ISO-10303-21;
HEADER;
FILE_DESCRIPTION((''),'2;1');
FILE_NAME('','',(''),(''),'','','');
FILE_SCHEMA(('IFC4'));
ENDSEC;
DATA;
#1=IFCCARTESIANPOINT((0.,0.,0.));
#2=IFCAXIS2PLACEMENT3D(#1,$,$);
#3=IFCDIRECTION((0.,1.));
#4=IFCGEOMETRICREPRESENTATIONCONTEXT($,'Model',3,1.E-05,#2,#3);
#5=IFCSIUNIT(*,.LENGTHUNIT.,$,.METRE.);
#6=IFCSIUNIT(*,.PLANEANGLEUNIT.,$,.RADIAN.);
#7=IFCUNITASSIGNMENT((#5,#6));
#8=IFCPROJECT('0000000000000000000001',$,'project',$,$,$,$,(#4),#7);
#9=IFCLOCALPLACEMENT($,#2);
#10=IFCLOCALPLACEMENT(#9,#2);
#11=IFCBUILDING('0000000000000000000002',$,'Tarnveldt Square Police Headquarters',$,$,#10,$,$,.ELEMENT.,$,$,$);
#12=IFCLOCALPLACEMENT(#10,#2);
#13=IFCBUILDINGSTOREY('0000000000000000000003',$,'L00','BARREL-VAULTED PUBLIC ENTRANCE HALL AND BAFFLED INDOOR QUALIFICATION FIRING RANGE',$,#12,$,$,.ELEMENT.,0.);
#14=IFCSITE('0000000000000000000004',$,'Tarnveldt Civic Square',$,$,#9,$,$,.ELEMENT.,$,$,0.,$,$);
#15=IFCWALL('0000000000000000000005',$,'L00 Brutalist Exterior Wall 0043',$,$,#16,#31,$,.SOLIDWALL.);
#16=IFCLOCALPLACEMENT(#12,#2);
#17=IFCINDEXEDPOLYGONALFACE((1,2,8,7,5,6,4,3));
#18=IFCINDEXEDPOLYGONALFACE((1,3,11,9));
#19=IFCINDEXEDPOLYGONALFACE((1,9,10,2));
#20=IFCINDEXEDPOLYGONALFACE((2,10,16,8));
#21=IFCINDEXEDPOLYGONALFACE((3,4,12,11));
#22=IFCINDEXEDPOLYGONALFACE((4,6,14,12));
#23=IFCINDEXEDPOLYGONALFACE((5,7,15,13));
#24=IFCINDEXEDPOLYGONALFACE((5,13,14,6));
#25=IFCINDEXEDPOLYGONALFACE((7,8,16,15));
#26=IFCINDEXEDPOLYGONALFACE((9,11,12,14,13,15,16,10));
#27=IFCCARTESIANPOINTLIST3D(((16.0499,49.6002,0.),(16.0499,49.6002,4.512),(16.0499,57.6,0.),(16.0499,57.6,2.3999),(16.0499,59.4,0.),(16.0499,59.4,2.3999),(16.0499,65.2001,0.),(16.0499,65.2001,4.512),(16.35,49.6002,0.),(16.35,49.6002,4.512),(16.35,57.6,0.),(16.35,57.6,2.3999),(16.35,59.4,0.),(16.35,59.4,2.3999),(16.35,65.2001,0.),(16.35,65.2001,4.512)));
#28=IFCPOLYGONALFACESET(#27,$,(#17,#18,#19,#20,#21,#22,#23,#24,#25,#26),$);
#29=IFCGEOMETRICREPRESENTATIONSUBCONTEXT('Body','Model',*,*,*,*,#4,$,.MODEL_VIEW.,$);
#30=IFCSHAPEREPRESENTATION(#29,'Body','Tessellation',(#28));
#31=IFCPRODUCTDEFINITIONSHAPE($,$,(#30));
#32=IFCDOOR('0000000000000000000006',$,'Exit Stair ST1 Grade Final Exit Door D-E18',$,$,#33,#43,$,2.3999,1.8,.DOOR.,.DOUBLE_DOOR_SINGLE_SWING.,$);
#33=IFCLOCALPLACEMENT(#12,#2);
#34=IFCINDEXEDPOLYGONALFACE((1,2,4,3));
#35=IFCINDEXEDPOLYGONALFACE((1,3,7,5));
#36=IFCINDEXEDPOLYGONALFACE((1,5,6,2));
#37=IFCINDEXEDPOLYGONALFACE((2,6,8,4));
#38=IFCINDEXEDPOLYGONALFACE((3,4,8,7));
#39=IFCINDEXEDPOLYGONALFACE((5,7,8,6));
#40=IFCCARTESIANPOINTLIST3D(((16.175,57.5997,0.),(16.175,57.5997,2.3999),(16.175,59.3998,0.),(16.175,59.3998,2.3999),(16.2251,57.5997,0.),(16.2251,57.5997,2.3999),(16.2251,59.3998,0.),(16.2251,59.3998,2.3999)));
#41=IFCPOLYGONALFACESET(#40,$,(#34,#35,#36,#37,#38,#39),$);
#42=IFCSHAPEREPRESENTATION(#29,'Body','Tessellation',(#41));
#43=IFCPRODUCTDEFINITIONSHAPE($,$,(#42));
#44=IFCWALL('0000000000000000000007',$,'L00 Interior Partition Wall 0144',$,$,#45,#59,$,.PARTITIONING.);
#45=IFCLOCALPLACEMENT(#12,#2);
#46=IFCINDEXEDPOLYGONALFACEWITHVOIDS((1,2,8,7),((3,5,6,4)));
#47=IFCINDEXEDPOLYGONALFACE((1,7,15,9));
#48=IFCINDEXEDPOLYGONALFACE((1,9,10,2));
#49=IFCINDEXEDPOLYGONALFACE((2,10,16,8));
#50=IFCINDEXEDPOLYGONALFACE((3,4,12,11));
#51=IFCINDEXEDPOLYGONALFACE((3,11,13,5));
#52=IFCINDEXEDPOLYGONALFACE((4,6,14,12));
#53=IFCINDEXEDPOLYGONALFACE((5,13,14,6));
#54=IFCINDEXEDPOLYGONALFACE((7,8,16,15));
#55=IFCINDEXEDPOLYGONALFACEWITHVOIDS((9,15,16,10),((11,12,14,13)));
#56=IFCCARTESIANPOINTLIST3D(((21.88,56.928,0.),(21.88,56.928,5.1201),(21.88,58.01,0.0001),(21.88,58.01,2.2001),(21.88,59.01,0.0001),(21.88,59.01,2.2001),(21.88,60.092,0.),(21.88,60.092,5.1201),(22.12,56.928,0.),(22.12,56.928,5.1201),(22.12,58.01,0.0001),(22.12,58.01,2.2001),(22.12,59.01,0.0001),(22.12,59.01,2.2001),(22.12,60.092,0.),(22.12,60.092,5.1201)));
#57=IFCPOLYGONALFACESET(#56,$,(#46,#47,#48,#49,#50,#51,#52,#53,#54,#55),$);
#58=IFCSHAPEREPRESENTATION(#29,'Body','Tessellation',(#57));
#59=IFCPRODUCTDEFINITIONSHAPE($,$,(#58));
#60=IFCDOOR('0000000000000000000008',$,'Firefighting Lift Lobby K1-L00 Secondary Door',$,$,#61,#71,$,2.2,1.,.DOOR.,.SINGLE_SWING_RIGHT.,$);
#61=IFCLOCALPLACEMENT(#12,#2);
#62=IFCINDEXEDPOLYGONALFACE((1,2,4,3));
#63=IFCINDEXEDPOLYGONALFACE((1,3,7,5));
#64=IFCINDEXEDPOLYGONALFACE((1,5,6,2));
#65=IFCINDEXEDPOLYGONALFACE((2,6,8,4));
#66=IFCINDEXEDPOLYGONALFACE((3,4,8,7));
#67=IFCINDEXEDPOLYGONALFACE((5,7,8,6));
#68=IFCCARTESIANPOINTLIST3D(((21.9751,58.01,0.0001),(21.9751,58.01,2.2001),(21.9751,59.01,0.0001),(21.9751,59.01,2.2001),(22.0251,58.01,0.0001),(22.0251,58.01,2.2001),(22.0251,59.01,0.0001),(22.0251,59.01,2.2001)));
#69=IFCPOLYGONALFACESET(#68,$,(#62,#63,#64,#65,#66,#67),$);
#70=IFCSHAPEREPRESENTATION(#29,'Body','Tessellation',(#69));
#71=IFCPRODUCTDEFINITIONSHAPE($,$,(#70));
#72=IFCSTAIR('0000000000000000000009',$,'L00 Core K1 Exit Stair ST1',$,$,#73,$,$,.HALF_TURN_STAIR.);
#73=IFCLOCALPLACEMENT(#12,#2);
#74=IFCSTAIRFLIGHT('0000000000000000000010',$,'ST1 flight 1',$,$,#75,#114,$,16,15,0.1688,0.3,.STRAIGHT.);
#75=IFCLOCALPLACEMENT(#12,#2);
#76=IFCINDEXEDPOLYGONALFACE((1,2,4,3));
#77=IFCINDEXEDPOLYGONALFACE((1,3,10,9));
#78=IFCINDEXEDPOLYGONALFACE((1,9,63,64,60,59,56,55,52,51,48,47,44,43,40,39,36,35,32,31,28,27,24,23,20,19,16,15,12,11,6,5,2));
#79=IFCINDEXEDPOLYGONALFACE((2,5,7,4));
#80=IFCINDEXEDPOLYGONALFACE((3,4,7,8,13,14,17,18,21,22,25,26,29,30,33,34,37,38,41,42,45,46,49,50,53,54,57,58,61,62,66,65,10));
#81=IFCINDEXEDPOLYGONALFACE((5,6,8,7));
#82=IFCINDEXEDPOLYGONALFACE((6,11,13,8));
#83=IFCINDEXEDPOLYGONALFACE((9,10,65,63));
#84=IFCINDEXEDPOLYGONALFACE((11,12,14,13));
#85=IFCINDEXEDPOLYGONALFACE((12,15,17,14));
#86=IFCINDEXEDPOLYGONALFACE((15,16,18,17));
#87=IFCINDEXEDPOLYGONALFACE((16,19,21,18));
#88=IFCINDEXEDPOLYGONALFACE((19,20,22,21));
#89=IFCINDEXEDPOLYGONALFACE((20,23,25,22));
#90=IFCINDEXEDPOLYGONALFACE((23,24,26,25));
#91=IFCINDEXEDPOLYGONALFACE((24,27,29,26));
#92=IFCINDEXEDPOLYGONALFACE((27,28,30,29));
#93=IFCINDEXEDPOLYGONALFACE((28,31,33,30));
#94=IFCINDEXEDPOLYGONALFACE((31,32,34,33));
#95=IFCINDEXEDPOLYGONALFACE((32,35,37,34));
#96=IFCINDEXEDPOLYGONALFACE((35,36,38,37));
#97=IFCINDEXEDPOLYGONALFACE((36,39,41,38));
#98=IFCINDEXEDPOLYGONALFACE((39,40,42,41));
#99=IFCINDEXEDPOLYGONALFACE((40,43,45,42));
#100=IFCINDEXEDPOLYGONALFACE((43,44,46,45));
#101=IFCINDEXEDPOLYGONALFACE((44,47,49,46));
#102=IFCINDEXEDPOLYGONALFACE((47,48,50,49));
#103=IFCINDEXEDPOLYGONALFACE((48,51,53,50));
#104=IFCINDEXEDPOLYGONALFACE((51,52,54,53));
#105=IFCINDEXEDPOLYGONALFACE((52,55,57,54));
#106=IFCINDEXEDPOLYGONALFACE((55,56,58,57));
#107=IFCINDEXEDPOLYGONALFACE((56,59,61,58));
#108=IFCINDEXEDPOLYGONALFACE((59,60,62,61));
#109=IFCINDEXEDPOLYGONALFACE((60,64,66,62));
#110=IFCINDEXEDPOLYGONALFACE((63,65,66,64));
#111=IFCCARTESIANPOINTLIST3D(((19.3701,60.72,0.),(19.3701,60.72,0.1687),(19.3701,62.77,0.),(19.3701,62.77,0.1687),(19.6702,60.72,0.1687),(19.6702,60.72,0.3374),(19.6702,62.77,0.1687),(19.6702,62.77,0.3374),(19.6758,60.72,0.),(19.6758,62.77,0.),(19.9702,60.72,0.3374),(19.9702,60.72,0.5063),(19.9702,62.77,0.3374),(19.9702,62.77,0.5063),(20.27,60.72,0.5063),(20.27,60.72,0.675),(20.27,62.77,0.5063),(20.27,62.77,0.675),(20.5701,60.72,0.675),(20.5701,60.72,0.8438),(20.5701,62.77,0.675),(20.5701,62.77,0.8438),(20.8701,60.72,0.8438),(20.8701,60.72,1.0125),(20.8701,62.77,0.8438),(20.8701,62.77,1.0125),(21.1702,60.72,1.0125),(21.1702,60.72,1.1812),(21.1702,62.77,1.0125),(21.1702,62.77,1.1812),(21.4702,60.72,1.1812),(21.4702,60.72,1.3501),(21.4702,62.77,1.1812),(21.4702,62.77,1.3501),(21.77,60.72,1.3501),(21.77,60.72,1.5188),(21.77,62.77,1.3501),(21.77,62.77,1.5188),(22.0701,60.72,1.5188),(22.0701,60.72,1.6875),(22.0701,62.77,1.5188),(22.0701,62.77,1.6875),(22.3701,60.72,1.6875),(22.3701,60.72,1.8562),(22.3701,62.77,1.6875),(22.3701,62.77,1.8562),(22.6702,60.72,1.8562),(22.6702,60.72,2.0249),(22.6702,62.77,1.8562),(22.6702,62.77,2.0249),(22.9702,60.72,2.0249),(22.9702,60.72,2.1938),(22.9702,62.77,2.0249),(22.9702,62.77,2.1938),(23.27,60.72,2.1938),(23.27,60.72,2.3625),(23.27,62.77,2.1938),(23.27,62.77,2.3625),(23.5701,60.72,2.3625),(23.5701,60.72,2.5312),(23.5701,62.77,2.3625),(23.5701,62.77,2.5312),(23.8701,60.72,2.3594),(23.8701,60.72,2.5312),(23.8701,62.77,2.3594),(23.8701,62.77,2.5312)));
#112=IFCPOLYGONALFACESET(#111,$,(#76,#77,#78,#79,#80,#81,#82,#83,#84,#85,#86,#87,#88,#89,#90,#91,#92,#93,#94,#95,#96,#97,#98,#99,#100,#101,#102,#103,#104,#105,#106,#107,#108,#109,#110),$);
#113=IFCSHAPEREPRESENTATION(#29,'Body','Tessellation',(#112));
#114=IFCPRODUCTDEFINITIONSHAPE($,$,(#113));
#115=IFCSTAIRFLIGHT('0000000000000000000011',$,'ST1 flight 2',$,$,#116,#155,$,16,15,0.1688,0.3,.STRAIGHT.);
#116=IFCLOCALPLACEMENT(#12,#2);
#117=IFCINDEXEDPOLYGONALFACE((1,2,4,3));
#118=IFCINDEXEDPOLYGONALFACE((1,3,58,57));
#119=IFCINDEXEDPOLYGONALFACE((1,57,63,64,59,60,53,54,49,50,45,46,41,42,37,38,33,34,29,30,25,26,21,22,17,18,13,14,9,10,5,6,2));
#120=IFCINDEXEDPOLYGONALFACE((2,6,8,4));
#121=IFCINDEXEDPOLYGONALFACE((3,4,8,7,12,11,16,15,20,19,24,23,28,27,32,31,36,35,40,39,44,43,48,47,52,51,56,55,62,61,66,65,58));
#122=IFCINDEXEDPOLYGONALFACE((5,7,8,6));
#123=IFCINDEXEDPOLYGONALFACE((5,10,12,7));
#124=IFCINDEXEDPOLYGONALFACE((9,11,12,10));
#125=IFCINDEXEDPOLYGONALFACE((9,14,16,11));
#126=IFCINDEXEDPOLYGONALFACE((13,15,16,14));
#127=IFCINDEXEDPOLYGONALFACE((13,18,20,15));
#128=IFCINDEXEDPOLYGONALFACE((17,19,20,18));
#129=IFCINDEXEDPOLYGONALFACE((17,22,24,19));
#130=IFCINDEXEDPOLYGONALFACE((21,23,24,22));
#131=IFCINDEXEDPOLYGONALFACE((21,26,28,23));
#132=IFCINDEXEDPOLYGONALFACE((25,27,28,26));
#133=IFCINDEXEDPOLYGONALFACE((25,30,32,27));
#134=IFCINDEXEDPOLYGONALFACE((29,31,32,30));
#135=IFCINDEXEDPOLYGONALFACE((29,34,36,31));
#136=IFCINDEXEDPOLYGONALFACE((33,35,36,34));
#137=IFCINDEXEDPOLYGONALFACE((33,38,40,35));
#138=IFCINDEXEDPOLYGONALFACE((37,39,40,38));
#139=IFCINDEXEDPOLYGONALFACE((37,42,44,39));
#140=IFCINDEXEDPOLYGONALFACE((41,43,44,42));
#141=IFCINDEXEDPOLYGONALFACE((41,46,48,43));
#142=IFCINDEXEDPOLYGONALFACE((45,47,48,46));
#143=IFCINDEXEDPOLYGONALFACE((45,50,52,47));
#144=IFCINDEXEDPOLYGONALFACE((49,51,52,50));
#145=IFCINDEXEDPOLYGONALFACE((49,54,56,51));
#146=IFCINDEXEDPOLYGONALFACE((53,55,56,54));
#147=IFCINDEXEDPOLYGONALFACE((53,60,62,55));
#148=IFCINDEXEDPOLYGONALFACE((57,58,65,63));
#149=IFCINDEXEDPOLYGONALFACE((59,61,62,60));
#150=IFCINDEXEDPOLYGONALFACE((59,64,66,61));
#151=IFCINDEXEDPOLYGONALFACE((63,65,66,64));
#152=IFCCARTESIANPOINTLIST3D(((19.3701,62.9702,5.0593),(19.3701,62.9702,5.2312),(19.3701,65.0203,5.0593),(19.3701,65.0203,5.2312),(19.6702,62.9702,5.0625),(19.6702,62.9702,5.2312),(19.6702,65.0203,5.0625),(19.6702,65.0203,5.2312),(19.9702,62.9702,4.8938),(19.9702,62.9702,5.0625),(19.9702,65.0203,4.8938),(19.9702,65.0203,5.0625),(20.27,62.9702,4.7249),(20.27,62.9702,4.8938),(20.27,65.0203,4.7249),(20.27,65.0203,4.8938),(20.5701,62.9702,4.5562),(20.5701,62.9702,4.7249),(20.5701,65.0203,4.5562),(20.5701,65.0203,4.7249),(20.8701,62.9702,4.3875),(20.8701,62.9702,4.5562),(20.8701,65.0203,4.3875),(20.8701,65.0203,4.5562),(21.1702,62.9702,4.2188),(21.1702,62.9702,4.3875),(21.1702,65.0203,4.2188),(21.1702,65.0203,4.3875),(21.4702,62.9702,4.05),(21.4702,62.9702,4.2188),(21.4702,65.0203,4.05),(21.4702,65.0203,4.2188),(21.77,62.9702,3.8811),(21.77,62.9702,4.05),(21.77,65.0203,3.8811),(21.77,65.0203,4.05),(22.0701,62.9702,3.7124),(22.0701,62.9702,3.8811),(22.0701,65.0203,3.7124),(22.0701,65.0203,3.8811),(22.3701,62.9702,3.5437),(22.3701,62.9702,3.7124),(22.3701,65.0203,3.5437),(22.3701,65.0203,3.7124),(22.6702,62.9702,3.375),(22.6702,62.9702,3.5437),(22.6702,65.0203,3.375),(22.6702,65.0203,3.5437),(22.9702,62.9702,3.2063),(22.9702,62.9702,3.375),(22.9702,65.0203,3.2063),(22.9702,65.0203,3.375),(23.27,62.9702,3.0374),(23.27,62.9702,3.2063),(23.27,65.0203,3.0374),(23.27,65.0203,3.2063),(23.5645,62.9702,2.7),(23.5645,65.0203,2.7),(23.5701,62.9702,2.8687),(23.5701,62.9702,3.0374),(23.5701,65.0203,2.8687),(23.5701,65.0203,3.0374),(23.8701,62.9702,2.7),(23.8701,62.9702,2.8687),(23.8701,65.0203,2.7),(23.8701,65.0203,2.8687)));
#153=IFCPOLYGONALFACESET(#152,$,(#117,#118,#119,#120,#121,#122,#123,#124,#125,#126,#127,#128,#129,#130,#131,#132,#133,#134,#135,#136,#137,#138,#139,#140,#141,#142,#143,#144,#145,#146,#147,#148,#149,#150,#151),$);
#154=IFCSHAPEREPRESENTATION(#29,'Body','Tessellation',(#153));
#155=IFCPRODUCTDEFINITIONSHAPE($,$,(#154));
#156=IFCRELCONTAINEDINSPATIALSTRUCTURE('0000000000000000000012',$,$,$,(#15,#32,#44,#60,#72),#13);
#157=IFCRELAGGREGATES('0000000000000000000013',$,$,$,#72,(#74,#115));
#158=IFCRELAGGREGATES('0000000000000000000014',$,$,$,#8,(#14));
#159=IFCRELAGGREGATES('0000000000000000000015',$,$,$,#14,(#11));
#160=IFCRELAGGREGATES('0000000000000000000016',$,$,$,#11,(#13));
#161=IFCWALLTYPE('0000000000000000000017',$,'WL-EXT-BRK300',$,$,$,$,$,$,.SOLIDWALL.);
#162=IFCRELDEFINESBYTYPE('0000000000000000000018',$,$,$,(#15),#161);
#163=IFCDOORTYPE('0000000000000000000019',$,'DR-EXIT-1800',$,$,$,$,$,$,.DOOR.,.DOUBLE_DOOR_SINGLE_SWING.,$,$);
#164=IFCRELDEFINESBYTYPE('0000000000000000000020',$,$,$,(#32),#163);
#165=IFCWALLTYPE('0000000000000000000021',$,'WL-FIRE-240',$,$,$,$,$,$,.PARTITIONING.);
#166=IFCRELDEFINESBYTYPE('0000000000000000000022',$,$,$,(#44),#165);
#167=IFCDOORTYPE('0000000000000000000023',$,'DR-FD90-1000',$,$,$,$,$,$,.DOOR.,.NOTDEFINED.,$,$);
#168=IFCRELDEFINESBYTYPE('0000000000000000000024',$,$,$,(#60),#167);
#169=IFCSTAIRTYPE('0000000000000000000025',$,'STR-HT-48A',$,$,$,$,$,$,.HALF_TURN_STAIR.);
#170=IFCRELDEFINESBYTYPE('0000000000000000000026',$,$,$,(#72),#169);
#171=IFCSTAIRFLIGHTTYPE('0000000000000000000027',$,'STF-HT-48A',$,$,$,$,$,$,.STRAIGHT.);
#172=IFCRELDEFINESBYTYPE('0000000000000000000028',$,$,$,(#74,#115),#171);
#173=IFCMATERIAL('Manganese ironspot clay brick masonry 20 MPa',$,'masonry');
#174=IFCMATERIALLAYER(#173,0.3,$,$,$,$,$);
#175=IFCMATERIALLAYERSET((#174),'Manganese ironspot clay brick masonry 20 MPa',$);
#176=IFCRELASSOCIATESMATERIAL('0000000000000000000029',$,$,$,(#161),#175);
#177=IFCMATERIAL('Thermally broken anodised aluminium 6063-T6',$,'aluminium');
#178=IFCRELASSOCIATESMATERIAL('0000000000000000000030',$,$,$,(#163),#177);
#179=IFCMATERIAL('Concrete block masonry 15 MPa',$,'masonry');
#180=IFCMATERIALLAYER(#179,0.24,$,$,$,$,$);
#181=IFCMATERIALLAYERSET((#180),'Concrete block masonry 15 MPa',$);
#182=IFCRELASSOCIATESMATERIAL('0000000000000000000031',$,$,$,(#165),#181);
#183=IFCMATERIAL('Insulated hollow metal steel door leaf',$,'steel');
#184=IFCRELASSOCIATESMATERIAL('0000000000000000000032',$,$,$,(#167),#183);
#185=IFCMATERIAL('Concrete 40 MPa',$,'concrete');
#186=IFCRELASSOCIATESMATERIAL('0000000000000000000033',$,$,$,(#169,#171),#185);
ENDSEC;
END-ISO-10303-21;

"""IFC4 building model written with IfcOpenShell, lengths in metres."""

from ifc_helpers import new_model, si_unit, direction, frame, frame_2d, origin, place, context, subcontext, project, spatial, polyline, rectangle, outline, extrude, material, layer, layer_set, type_object, element, fill, aggregate, save


model = new_model("IFC4")

# Units and contexts
model_context = context("Model", 3, precision=1e-05, world=origin(), true_north=direction((0.0, 1.0)))
body_context = subcontext(model_context, "Body", "Model", "MODEL_VIEW")
ifc_project = project(units=[si_unit("LENGTHUNIT", "METRE"), si_unit("PLANEANGLEUNIT", "RADIAN")], contexts=[model_context])

# Site, building, storey
site_placement = place(None, origin())
site = spatial("IfcSite", under=ifc_project, at=site_placement, Name="Tarnveldt Civic Square", CompositionType="ELEMENT", RefElevation=0.0)
building_placement = place(site_placement, origin())
building = spatial("IfcBuilding", under=site, at=building_placement, Name="Tarnveldt Square Police Headquarters", CompositionType="ELEMENT")
storey_placement = place(building_placement, origin())
storey = spatial("IfcBuildingStorey", under=building, at=storey_placement, Name="L00", Description="BARREL-VAULTED PUBLIC ENTRANCE HALL AND BAFFLED INDOOR QUALIFICATION FIRING RANGE", CompositionType="ELEMENT", Elevation=0.0)

# Shared definitions
ifc_material_1 = material(Name="Concrete 40 MPa", Category="concrete")

# Shared definitions
ifc_material_2 = material(Name="Insulated hollow metal steel door leaf", Category="steel")

# Walls, openings, doors
ifc_material_3 = material(Name="Manganese ironspot clay brick masonry 20 MPa", Category="masonry")
ifc_layer_1 = layer(ifc_material_3, 0.3)
ifc_layer_set_1 = layer_set([ifc_layer_1], Name="Manganese ironspot clay brick masonry 20 MPa")
wall_type_1 = type_object("IfcWallType", Name="WL-EXT-BRK300", PredefinedType="SOLIDWALL", material=ifc_layer_set_1)
wall_1_placement = place(storey_placement, frame((16.2, 65.2, 0.0), z_axis=(0.0, 0.0, 1.0), x_axis=(0.0, -1.0, 0.0)))
wall_1 = element("IfcWall", 1, at=wall_1_placement, inside=storey, type_object=wall_type_1, Name="L00 Brutalist Exterior Wall 0043", PredefinedType="SOLIDWALL", context=body_context, shape_type="SweptSolid", body=[
    extrude(rectangle(XDim=15.5999, YDim=0.3, at=frame_2d((7.7998, 0.0))), origin(), (0.0, 0.0, 1.0), 4.512),
])
opening_1_placement = place(wall_1_placement, frame((5.8, 0.0, 0.0)))
opening_1 = element("IfcOpeningElement", 2, at=opening_1_placement, cuts=wall_1, PredefinedType="OPENING", context=body_context, shape_type="SweptSolid", body=[
    extrude(rectangle(XDim=1.8, YDim=2.3999, at=frame_2d((0.8999, 1.2))), frame((0.0, 0.1599, 0.0), z_axis=(0.0, -1.0, 0.0), x_axis=(1.0, 0.0, 0.0)), (0.0, 0.0, 1.0), 0.3201),
])
ifc_material_4 = material(Name="Thermally broken anodised aluminium 6063-T6", Category="aluminium")
door_type_1 = type_object("IfcDoorType", Name="DR-EXIT-1800", OperationType="DOUBLE_DOOR_SINGLE_SWING", PredefinedType="DOOR", material=ifc_material_4)
door_1_placement = place(opening_1_placement, frame((1.8, 0.0, 0.0), z_axis=(0.0, 0.0, 1.0), x_axis=(-1.0, 0.0, 0.0)))
door_1 = element("IfcDoor", 3, at=door_1_placement, inside=storey, type_object=door_type_1, Name="Exit Stair ST1 Grade Final Exit Door D-E18", OperationType="DOUBLE_DOOR_SINGLE_SWING", OverallHeight=2.3999, OverallWidth=1.8, PredefinedType="DOOR", context=body_context, shape_type="SweptSolid", body=[
    extrude(rectangle(XDim=1.8, YDim=2.3999, at=frame_2d((0.8999, 1.2))), frame((0.0, 0.0249, 0.0), z_axis=(0.0, -1.0, 0.0), x_axis=(1.0, 0.0, 0.0)), (0.0, 0.0, 1.0), 0.05),
])
fill(opening_1, door_1)
ifc_material_5 = material(Name="Concrete block masonry 15 MPa", Category="masonry")
ifc_layer_2 = layer(ifc_material_5, 0.24)
ifc_layer_set_2 = layer_set([ifc_layer_2], Name="Concrete block masonry 15 MPa")
wall_type_2 = type_object("IfcWallType", Name="WL-FIRE-240", PredefinedType="PARTITIONING", material=ifc_layer_set_2)
wall_2_placement = place(storey_placement, frame((22.0, 56.928, 0.0), z_axis=(0.0, 0.0, 1.0), x_axis=(0.0, 1.0, 0.0)))
wall_2 = element("IfcWall", 4, at=wall_2_placement, inside=storey, type_object=wall_type_2, Name="L00 Interior Partition Wall 0144", PredefinedType="PARTITIONING", context=body_context, shape_type="SweptSolid", body=[
    extrude(rectangle(XDim=3.1641, YDim=0.24, at=frame_2d((1.582, 0.0))), origin(), (0.0, 0.0, 1.0), 5.1201),
])
opening_2_placement = place(wall_2_placement, frame((1.082, 0.0, 0.0)))
opening_2 = element("IfcOpeningElement", 5, at=opening_2_placement, cuts=wall_2, PredefinedType="OPENING", context=body_context, shape_type="SweptSolid", body=[
    extrude(rectangle(XDim=1.0, YDim=2.2, at=frame_2d((0.5, 1.1001))), frame((0.0, 0.1299, 0.0), z_axis=(0.0, -1.0, 0.0), x_axis=(1.0, 0.0, 0.0)), (0.0, 0.0, 1.0), 0.26),
])
door_type_2 = type_object("IfcDoorType", Name="DR-FD90-1000", OperationType="NOTDEFINED", PredefinedType="DOOR", material=ifc_material_2)
door_2_placement = place(opening_2_placement, origin())
door_2 = element("IfcDoor", 6, at=door_2_placement, inside=storey, type_object=door_type_2, Name="Firefighting Lift Lobby K1-L00 Secondary Door", OperationType="SINGLE_SWING_RIGHT", OverallHeight=2.2, OverallWidth=1.0, PredefinedType="DOOR", context=body_context, shape_type="SweptSolid", body=[
    extrude(rectangle(XDim=1.0, YDim=2.2, at=frame_2d((0.5, 1.1001))), frame((0.0, 0.0249, 0.0), z_axis=(0.0, -1.0, 0.0), x_axis=(1.0, 0.0, 0.0)), (0.0, 0.0, 1.0), 0.05),
])
fill(opening_2, door_2)

# Stair, stair flights
stair_type = type_object("IfcStairType", Name="STR-HT-48A", PredefinedType="HALF_TURN_STAIR", material=ifc_material_1)
stair_placement = place(storey_placement, origin())
stair = element("IfcStair", 7, at=stair_placement, inside=storey, type_object=stair_type, Name="L00 Core K1 Exit Stair ST1", PredefinedType="HALF_TURN_STAIR")
stair_flight_type = type_object("IfcStairFlightType", Name="STF-HT-48A", PredefinedType="STRAIGHT", material=ifc_material_1)
stair_flight_1_placement = place(storey_placement, frame((19.3701, 61.7451, 0.0), z_axis=(0.0, 0.0, 1.0), x_axis=(1.0, 0.0, 0.0)))
stair_flight_1 = element("IfcStairFlight", 8, at=stair_flight_1_placement, type_object=stair_flight_type, Name="ST1 flight 1", NumberOfRisers=16, NumberOfTreads=15, PredefinedType="STRAIGHT", RiserHeight=0.1688, TreadLength=0.3, context=body_context, shape_type="SweptSolid", body=[
    extrude(outline(polyline([(0.0, 0.0), (0.0, 0.1687), (0.3, 0.1687), (0.3, 0.3374), (0.6001, 0.3374), (0.6001, 0.5063), (0.8999, 0.5063), (0.8999, 0.675), (1.2, 0.675), (1.2, 0.8438), (1.5, 0.8438), (1.5, 1.0125), (1.8, 1.0125), (1.8, 1.1812), (2.1001, 1.1812), (2.1001, 1.3501), (2.3999, 1.3501), (2.3999, 1.5188), (2.7, 1.5188), (2.7, 1.6875), (3.0, 1.6875), (3.0, 1.8562), (3.3, 1.8562), (3.3, 2.0249), (3.6001, 2.0249), (3.6001, 2.1938), (3.8999, 2.1938), (3.8999, 2.3625), (4.2, 2.3625), (4.2, 2.5312), (4.5, 2.5312), (4.5, 2.7), (4.5, 2.3594), (0.3057, 0.0), (0.0, 0.0)])), frame((0.0, 1.0249, 0.0), z_axis=(0.0, -1.0, 0.0), x_axis=(1.0, 0.0, 0.0)), (0.0, 0.0, 1.0), 2.05),
])
stair_flight_2_placement = place(storey_placement, frame((23.8701, 63.9951, 2.7), z_axis=(0.0, 0.0, 1.0), x_axis=(-1.0, 0.0, 0.0)))
stair_flight_2 = element("IfcStairFlight", 9, at=stair_flight_2_placement, type_object=stair_flight_type, Name="ST1 flight 2", NumberOfRisers=16, NumberOfTreads=15, PredefinedType="STRAIGHT", RiserHeight=0.1688, TreadLength=0.3, context=body_context, shape_type="SweptSolid", body=[
    extrude(outline(polyline([(0.0, 0.0), (0.0, 0.1687), (0.3, 0.1687), (0.3, 0.3374), (0.6001, 0.3374), (0.6001, 0.5063), (0.8999, 0.5063), (0.8999, 0.675), (1.2, 0.675), (1.2, 0.8438), (1.5, 0.8438), (1.5, 1.0125), (1.8, 1.0125), (1.8, 1.1812), (2.1001, 1.1812), (2.1001, 1.3501), (2.3999, 1.3501), (2.3999, 1.5188), (2.7, 1.5188), (2.7, 1.6875), (3.0, 1.6875), (3.0, 1.8562), (3.3, 1.8562), (3.3, 2.0249), (3.6001, 2.0249), (3.6001, 2.1938), (3.8999, 2.1938), (3.8999, 2.3625), (4.2, 2.3625), (4.2, 2.5312), (4.5, 2.5312), (4.5, 2.7), (4.5, 2.3594), (0.3057, 0.0), (0.0, 0.0)])), frame((0.0, 1.0249, 0.0), z_axis=(0.0, -1.0, 0.0), x_axis=(1.0, 0.0, 0.0)), (0.0, 0.0, 1.0), 2.05),
])
aggregate(stair, [stair_flight_1, stair_flight_2])

save(model, "model.ifc")
